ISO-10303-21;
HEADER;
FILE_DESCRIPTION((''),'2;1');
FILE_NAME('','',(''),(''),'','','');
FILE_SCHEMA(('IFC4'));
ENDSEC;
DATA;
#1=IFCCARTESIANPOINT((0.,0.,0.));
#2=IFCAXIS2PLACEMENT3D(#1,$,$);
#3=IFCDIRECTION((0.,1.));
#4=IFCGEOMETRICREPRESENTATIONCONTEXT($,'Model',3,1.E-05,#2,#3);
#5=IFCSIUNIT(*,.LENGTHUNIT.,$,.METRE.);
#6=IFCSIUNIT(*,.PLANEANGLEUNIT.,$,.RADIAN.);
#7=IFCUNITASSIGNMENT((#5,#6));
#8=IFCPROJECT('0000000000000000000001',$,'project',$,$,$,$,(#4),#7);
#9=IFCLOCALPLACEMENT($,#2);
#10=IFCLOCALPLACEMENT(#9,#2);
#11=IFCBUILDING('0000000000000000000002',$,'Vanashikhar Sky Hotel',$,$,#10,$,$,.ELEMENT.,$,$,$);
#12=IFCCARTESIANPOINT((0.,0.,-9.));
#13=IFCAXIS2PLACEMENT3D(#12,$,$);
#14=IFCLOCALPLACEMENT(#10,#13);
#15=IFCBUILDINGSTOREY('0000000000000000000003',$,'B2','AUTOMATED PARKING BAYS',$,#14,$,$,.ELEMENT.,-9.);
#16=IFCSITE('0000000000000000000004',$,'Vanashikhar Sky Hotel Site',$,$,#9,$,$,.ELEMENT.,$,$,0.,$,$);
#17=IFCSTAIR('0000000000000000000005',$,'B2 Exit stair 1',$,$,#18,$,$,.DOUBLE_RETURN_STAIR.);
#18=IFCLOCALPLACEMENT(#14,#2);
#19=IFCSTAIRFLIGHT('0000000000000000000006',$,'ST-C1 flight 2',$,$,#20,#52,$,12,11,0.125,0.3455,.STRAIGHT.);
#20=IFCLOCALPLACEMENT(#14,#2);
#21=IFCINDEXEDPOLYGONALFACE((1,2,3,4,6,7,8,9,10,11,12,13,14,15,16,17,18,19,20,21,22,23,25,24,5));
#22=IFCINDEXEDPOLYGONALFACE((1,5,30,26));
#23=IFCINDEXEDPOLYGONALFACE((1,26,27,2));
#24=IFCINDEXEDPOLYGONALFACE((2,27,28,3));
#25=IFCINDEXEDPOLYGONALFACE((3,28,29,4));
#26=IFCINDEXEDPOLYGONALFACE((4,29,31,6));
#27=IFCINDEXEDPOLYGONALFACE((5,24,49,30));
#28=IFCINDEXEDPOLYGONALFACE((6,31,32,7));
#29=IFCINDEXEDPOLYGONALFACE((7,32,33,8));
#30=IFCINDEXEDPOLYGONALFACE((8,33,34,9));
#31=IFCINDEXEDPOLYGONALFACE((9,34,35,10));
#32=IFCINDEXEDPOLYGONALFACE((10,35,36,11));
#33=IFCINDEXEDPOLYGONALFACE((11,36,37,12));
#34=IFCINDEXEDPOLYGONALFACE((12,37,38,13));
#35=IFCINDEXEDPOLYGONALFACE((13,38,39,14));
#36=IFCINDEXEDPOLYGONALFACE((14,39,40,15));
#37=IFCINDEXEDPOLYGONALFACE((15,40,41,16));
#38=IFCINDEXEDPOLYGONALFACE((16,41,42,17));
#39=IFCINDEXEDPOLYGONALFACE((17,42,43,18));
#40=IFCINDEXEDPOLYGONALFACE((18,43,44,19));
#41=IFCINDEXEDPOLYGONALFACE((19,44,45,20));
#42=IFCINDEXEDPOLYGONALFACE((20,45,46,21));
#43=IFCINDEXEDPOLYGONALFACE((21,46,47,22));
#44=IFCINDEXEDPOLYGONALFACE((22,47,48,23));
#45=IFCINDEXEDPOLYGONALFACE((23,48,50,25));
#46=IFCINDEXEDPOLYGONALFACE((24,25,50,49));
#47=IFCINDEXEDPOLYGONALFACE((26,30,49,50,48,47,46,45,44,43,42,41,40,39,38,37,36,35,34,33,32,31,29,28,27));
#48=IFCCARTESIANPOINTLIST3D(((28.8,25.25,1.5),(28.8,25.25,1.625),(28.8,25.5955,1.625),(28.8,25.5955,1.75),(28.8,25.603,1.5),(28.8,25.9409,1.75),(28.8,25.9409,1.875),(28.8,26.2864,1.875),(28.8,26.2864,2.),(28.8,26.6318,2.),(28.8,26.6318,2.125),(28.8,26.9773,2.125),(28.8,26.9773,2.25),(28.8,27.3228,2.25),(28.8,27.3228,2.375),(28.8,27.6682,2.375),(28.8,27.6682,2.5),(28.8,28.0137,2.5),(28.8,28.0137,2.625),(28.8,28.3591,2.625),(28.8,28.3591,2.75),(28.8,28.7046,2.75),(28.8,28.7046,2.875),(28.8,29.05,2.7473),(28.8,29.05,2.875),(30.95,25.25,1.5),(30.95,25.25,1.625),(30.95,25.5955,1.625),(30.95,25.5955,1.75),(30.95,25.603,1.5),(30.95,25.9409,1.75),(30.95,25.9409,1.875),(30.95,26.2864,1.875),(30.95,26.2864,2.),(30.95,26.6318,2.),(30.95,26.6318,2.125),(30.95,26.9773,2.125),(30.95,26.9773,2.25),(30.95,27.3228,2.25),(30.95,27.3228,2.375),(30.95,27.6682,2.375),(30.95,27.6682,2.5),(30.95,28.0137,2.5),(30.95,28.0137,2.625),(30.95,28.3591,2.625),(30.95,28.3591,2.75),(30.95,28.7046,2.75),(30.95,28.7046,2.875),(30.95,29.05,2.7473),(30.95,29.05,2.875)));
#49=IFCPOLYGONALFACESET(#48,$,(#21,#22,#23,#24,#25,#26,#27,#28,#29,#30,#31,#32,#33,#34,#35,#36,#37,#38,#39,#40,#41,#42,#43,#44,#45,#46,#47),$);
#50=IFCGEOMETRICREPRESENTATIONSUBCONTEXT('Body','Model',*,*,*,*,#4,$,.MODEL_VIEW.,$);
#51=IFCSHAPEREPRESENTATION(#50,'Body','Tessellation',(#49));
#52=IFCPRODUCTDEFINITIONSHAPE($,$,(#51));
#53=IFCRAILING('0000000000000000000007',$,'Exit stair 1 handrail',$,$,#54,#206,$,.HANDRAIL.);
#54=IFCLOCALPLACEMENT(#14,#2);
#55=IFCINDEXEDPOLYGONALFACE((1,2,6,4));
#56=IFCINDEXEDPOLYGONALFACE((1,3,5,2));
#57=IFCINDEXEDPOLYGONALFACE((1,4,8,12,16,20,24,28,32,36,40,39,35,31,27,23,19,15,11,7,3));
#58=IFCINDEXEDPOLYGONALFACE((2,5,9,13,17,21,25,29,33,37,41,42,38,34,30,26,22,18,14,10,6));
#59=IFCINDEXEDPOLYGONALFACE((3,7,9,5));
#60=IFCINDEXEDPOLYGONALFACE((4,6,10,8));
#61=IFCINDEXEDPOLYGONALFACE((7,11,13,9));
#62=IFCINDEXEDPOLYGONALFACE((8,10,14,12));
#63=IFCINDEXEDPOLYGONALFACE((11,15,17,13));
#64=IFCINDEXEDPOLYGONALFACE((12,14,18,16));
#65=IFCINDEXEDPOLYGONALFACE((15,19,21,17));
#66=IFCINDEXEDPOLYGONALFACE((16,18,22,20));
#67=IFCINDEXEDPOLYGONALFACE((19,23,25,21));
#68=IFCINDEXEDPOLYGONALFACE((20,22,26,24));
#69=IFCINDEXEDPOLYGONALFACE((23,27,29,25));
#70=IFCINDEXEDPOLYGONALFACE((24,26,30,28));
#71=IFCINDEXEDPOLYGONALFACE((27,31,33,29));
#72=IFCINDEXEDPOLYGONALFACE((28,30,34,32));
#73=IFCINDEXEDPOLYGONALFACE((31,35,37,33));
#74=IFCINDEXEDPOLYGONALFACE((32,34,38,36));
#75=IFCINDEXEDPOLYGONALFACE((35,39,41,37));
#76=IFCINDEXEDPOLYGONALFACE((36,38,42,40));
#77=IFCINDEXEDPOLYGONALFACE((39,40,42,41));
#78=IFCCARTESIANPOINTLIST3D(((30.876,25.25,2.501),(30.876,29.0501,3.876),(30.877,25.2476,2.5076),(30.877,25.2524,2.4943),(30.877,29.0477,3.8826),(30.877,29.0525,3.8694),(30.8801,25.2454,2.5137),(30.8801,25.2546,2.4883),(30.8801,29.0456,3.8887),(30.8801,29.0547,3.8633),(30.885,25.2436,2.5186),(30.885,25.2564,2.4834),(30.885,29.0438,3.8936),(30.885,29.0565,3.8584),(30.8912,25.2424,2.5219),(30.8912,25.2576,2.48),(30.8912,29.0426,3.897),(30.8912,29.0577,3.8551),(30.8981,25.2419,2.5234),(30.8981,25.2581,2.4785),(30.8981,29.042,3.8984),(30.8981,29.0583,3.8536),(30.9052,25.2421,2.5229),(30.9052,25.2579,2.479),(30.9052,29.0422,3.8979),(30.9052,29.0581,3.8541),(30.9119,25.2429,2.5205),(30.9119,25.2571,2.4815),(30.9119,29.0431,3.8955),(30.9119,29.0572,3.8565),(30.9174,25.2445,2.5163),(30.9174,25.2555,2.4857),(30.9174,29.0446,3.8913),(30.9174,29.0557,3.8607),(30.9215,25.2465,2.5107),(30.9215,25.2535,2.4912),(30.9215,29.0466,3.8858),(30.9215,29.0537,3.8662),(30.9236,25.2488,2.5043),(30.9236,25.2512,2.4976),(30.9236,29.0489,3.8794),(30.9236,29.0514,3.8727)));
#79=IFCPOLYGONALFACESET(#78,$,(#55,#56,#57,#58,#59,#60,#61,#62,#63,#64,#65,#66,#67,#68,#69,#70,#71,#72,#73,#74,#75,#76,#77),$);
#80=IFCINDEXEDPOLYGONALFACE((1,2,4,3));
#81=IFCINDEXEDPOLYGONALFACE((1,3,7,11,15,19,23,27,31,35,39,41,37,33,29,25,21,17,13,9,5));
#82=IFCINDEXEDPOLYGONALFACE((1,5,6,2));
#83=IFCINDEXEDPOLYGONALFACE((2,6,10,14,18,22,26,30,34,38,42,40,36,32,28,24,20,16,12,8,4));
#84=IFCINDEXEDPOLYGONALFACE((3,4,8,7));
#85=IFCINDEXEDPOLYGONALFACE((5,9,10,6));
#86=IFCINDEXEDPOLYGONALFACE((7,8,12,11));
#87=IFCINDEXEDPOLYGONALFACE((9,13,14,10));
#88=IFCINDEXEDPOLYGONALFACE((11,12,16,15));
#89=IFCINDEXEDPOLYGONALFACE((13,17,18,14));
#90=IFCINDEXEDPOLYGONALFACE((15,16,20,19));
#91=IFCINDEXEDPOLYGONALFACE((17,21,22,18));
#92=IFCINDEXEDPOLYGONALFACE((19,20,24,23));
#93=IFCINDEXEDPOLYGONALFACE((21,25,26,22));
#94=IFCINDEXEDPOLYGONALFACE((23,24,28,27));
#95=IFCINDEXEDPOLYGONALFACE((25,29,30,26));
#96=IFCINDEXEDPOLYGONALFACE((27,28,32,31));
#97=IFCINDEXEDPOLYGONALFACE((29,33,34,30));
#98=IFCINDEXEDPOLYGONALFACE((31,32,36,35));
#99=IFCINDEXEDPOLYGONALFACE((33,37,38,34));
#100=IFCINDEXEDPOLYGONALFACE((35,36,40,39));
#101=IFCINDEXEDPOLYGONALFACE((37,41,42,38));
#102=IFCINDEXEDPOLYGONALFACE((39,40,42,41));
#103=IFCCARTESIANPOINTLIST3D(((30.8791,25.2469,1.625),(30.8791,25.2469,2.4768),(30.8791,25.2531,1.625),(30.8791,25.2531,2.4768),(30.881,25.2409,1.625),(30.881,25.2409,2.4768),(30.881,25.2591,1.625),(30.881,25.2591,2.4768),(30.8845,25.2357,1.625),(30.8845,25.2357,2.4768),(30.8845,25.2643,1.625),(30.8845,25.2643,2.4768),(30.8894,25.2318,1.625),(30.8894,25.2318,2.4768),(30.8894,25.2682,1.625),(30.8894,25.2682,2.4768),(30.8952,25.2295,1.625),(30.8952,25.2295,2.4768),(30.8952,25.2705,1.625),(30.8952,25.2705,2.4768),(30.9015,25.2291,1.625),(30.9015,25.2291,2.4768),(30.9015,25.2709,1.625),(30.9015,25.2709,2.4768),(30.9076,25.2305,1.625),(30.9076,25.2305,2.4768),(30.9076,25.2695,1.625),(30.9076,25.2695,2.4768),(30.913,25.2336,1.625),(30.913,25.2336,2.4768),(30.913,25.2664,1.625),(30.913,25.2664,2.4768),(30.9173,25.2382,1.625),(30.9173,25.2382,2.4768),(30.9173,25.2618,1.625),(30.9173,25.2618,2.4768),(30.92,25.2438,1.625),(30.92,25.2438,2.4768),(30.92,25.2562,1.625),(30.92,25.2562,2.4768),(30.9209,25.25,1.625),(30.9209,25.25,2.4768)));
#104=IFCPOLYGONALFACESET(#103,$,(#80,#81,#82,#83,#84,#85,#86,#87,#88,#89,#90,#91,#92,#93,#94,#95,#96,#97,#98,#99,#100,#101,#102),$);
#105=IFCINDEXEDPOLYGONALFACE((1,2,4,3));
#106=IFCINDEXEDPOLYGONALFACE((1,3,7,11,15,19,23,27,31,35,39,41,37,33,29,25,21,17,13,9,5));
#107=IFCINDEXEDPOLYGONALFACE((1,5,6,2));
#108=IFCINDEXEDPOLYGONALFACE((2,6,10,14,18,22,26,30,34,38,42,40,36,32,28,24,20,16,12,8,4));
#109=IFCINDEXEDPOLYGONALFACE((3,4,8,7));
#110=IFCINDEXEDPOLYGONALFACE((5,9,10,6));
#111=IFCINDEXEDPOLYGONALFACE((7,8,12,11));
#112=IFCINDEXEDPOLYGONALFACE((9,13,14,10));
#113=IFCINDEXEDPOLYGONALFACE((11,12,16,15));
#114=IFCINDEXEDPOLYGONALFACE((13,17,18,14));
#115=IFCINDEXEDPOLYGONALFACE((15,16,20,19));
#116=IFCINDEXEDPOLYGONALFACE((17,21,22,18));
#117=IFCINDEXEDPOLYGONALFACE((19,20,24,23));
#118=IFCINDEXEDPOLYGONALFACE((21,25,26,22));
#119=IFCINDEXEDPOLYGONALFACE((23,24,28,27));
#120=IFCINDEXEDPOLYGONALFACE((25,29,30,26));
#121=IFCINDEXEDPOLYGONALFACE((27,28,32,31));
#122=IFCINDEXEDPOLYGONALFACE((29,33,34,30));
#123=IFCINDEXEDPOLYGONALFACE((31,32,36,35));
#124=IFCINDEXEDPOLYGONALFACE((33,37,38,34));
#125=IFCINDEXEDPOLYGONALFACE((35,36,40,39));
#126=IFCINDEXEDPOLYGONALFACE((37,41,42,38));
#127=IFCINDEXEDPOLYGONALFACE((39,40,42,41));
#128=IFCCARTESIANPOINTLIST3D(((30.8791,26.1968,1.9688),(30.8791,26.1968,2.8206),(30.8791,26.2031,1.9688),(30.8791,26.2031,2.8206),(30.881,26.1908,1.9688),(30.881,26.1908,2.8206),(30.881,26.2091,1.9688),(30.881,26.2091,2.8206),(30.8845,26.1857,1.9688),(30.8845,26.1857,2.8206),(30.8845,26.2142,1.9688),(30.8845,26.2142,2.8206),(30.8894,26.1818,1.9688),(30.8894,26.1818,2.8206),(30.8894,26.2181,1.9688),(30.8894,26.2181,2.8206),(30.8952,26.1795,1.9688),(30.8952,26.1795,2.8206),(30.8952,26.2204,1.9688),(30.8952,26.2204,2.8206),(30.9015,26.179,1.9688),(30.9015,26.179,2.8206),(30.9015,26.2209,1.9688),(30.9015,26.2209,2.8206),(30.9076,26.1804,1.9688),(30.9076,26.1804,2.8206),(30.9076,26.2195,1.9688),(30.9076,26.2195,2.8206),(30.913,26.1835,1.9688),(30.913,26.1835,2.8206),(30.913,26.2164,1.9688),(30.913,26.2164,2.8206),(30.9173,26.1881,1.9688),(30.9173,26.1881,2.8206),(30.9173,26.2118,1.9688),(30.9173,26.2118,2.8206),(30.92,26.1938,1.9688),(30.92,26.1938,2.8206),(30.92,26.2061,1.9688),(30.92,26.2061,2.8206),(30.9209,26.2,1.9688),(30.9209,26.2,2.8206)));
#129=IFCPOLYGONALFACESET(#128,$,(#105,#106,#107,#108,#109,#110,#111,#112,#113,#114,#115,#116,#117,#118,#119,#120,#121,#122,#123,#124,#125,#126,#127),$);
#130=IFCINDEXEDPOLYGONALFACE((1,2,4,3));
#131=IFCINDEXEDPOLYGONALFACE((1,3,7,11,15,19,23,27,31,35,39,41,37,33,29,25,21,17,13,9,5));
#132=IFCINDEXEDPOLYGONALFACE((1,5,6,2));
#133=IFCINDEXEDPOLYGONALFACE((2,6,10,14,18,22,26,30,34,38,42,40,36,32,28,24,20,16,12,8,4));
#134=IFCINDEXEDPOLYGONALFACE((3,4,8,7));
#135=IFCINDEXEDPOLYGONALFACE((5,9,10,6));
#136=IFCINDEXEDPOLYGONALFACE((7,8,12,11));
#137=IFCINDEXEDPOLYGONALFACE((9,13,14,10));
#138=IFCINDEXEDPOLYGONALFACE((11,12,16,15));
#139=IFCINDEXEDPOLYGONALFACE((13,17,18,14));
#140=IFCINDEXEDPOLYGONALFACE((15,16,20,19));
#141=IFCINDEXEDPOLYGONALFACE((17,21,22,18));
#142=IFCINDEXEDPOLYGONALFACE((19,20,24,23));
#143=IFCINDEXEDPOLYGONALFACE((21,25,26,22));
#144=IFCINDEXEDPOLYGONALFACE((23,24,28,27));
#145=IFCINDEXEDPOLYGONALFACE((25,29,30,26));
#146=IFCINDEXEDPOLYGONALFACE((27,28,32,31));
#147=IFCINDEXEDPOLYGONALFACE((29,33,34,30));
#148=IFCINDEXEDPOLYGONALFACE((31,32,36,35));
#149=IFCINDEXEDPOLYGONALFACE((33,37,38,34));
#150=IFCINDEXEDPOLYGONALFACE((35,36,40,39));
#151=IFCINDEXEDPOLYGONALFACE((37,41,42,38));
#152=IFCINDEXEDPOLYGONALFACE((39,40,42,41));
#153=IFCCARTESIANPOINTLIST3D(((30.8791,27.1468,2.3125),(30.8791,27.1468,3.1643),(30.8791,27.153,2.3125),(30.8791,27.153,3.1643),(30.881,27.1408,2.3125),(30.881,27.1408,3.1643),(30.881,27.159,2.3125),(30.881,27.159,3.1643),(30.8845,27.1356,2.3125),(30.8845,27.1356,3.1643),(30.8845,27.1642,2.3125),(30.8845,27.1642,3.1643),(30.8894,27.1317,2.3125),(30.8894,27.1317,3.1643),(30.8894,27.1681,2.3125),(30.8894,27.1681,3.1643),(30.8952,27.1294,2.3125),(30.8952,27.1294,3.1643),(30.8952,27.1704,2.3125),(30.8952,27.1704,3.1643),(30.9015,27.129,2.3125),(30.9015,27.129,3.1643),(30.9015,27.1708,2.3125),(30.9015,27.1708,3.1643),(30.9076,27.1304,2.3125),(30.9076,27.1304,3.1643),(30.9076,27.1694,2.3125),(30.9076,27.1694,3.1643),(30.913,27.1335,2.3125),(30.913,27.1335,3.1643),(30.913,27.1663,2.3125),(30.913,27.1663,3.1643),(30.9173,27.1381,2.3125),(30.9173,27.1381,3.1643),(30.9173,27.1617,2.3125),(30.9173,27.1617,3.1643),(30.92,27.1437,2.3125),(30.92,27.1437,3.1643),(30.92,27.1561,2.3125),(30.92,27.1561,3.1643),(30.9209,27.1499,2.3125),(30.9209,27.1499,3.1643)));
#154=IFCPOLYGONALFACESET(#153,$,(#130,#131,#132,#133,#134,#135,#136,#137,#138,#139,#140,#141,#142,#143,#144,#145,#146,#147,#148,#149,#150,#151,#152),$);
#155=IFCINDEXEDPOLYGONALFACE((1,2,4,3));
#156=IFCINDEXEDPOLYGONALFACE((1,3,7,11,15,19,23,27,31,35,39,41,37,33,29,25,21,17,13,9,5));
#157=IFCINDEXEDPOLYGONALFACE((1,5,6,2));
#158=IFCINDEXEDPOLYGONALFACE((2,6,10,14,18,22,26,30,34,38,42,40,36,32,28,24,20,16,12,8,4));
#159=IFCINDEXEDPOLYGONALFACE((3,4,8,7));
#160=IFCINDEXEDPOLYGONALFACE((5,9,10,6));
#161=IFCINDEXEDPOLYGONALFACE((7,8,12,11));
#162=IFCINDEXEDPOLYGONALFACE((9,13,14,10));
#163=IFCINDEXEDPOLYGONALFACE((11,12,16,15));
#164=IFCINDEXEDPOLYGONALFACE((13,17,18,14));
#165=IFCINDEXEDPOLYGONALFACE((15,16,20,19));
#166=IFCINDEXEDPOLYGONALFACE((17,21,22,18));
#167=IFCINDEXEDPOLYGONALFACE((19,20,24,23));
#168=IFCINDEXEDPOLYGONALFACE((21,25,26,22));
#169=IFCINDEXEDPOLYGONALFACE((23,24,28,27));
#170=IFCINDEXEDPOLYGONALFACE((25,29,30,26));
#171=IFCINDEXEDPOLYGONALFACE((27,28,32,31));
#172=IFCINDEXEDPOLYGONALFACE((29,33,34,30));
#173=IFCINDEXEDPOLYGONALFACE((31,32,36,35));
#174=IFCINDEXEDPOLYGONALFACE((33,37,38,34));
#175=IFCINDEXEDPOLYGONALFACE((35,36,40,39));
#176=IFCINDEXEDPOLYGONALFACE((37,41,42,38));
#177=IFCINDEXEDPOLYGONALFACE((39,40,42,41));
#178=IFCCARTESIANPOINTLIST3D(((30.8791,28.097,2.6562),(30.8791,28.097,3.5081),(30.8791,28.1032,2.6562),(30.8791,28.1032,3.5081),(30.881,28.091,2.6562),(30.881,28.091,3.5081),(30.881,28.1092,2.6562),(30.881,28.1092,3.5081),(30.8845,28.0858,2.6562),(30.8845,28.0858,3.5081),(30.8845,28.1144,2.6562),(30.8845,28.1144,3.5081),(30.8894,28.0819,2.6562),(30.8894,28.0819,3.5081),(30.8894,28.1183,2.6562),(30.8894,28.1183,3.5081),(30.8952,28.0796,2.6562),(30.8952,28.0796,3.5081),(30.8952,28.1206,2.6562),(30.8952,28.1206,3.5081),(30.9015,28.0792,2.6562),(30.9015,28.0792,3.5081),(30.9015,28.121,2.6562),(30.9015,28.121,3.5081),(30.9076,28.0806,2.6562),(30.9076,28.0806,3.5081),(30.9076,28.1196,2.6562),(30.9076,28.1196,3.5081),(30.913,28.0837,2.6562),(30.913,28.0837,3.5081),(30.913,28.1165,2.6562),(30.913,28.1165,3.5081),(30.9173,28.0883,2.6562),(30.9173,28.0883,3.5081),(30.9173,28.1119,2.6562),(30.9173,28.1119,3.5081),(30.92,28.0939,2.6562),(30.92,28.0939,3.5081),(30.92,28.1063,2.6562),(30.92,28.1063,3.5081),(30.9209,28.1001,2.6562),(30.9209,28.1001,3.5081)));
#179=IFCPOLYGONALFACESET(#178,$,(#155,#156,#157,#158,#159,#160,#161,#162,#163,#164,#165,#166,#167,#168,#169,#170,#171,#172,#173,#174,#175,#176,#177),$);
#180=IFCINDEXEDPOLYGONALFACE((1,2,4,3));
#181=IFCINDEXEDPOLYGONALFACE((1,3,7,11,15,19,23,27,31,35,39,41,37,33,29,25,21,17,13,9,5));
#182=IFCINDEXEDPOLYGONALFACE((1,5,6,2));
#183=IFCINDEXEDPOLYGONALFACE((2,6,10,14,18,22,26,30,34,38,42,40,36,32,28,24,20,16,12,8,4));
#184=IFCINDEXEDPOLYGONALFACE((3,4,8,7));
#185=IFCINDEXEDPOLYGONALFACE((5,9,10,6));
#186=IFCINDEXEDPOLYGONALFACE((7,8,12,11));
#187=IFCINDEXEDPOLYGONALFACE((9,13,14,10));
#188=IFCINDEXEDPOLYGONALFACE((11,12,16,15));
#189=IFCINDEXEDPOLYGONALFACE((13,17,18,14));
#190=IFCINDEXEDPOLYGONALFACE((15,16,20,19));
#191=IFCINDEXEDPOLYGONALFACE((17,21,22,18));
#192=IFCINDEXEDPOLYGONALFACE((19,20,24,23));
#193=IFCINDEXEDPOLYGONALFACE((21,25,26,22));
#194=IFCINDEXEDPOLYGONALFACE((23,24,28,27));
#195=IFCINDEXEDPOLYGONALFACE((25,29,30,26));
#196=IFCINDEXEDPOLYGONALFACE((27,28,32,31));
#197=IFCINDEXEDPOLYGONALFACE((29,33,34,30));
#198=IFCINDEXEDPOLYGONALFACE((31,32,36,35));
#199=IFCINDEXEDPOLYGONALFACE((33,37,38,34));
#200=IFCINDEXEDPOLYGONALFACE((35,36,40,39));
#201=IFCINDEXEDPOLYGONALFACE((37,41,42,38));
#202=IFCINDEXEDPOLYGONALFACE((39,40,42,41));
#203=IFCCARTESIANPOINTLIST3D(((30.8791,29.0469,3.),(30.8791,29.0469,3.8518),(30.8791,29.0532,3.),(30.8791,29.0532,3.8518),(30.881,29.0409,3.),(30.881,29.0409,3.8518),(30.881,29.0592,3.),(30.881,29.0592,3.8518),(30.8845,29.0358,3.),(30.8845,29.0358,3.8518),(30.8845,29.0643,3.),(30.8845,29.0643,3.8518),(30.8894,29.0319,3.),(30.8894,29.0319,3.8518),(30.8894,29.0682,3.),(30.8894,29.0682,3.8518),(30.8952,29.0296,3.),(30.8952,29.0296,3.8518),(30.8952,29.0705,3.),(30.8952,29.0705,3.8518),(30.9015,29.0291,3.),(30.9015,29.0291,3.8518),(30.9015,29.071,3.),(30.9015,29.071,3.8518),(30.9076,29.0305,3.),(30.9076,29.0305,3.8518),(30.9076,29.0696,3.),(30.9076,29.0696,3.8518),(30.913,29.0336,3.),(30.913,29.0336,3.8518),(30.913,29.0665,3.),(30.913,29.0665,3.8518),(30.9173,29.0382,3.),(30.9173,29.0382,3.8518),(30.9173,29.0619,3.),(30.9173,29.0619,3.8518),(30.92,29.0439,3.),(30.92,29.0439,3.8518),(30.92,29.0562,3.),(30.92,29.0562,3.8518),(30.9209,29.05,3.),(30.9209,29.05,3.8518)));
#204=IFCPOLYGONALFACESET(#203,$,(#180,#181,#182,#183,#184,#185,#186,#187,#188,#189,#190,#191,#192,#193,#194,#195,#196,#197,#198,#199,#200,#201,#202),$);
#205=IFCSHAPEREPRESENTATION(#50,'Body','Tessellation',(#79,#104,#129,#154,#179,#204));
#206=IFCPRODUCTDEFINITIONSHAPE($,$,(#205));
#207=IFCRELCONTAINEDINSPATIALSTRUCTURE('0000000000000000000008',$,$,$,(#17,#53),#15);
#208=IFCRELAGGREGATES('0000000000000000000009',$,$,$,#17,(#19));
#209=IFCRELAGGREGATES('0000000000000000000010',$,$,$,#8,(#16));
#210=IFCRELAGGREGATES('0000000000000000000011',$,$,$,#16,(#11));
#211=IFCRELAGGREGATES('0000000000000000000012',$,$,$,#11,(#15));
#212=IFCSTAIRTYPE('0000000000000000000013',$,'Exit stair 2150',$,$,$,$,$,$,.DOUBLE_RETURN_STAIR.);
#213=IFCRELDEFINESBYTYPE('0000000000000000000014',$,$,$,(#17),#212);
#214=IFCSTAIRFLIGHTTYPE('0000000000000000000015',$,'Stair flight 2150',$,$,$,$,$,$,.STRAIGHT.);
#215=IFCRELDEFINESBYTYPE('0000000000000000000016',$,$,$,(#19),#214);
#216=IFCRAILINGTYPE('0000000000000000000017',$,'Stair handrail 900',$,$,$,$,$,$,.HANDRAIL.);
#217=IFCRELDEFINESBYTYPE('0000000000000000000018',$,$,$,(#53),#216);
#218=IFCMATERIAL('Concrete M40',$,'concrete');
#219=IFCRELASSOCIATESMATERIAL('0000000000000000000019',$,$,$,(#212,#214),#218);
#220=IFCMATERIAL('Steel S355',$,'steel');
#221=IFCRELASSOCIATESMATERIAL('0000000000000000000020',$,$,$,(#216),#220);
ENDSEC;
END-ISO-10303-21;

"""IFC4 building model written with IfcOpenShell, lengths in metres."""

from ifc_helpers import new_model, si_unit, direction, frame, origin, origin_2d, place, context, subcontext, project, spatial, polyline, circle, outline, extrude, source, transform, mapped, material, type_object, element, aggregate, save


model = new_model("IFC4")

# Units and contexts
model_context = context("Model", 3, precision=1e-05, world=origin(), true_north=direction((0.0, 1.0)))
body_context = subcontext(model_context, "Body", "Model", "MODEL_VIEW")
ifc_project = project(units=[si_unit("LENGTHUNIT", "METRE"), si_unit("PLANEANGLEUNIT", "RADIAN")], contexts=[model_context])

# Site, building, storey
site_placement = place(None, origin())
site = spatial("IfcSite", under=ifc_project, at=site_placement, Name="Vanashikhar Sky Hotel Site", CompositionType="ELEMENT", RefElevation=0.0)
building_placement = place(site_placement, origin())
building = spatial("IfcBuilding", under=site, at=building_placement, Name="Vanashikhar Sky Hotel", CompositionType="ELEMENT")
storey_placement = place(building_placement, frame((0.0, 0.0, -9.0)))
storey = spatial("IfcBuildingStorey", under=building, at=storey_placement, Name="B2", Description="AUTOMATED PARKING BAYS", CompositionType="ELEMENT", Elevation=-9.0)

# Shared definitions
ifc_material_1 = material(Name="Concrete M40", Category="concrete")

# Stair, stair flight
stair_type = type_object("IfcStairType", Name="Exit stair 2150", PredefinedType="DOUBLE_RETURN_STAIR", material=ifc_material_1)
stair_placement = place(storey_placement, origin())
stair = element("IfcStair", 1, at=stair_placement, inside=storey, type_object=stair_type, Name="B2 Exit stair 1", PredefinedType="DOUBLE_RETURN_STAIR")
stair_flight_type = type_object("IfcStairFlightType", Name="Stair flight 2150", PredefinedType="STRAIGHT", material=ifc_material_1)
shared_shape_1 = source(origin(), body_context, "Body", "SweptSolid", [
    extrude(outline(polyline([(0.0, 0.0), (0.0, 0.125), (0.3455, 0.125), (0.3455, 0.25), (0.6909, 0.25), (0.6909, 0.375), (1.0364, 0.375), (1.0364, 0.5), (1.3818, 0.5), (1.3818, 0.625), (1.7273, 0.625), (1.7273, 0.75), (2.0728, 0.75), (2.0728, 0.875), (2.4182, 0.875), (2.4182, 1.0), (2.7637, 1.0), (2.7637, 1.125), (3.1091, 1.125), (3.1091, 1.25), (3.4546, 1.25), (3.4546, 1.375), (3.8, 1.375), (3.8, 1.5), (3.8, 1.2473), (0.353, 0.0), (0.0, 0.0)])), frame((0.0, 1.075, 0.0), z_axis=(0.0, -1.0, 0.0), x_axis=(1.0, 0.0, 0.0)), (0.0, 0.0, 1.0), 2.1499),
])
stair_flight_placement = place(storey_placement, frame((29.875, 25.25, 1.5), z_axis=(0.0, 0.0, 1.0), x_axis=(0.0, 1.0, 0.0)))
stair_flight = element("IfcStairFlight", 2, at=stair_flight_placement, type_object=stair_flight_type, Name="ST-C1 flight 2", NumberOfRisers=12, NumberOfTreads=11, PredefinedType="STRAIGHT", RiserHeight=0.125, TreadLength=0.3455, context=body_context, shape_type="MappedRepresentation", body=[
    mapped(shared_shape_1, transform((0.0, 0.0, 0.0), scale=1.0)),
])
aggregate(stair, [stair_flight])

# Railing
ifc_material_2 = material(Name="Steel S355", Category="steel")
railing_type = type_object("IfcRailingType", Name="Stair handrail 900", PredefinedType="HANDRAIL", material=ifc_material_2)
shared_shape_2 = source(origin(), body_context, "Body", "SweptSolid", [
    extrude(circle(Radius=0.0239, at=origin_2d()), frame((0.0, 0.0, 0.876), z_axis=(0.0, 0.940336, 0.340249), x_axis=(-1.0, 0.0, 0.0)), (0.0, 0.0, 1.0), 4.0413),
    extrude(circle(Radius=0.021, at=origin_2d()), origin(), (0.0, 0.0, 1.0), 0.8518),
    extrude(circle(Radius=0.021, at=origin_2d()), frame((0.0, 0.95, 0.3438)), (0.0, 0.0, 1.0), 0.8518),
    extrude(circle(Radius=0.021, at=origin_2d()), frame((0.0, 1.8999, 0.6875)), (0.0, 0.0, 1.0), 0.8518),
    extrude(circle(Radius=0.021, at=origin_2d()), frame((0.0, 2.8501, 1.0312)), (0.0, 0.0, 1.0), 0.8518),
    extrude(circle(Radius=0.021, at=origin_2d()), frame((0.0, 3.8, 1.375)), (0.0, 0.0, 1.0), 0.8518),
])
railing_placement = place(storey_placement, frame((30.8999, 25.25, 1.625)))
element("IfcRailing", 3, at=railing_placement, inside=storey, type_object=railing_type, Name="Exit stair 1 handrail", PredefinedType="HANDRAIL", context=body_context, shape_type="MappedRepresentation", body=[
    mapped(shared_shape_2, transform((0.0, 0.0, 0.0), scale=1.0)),
])

save(model, "model.ifc")
